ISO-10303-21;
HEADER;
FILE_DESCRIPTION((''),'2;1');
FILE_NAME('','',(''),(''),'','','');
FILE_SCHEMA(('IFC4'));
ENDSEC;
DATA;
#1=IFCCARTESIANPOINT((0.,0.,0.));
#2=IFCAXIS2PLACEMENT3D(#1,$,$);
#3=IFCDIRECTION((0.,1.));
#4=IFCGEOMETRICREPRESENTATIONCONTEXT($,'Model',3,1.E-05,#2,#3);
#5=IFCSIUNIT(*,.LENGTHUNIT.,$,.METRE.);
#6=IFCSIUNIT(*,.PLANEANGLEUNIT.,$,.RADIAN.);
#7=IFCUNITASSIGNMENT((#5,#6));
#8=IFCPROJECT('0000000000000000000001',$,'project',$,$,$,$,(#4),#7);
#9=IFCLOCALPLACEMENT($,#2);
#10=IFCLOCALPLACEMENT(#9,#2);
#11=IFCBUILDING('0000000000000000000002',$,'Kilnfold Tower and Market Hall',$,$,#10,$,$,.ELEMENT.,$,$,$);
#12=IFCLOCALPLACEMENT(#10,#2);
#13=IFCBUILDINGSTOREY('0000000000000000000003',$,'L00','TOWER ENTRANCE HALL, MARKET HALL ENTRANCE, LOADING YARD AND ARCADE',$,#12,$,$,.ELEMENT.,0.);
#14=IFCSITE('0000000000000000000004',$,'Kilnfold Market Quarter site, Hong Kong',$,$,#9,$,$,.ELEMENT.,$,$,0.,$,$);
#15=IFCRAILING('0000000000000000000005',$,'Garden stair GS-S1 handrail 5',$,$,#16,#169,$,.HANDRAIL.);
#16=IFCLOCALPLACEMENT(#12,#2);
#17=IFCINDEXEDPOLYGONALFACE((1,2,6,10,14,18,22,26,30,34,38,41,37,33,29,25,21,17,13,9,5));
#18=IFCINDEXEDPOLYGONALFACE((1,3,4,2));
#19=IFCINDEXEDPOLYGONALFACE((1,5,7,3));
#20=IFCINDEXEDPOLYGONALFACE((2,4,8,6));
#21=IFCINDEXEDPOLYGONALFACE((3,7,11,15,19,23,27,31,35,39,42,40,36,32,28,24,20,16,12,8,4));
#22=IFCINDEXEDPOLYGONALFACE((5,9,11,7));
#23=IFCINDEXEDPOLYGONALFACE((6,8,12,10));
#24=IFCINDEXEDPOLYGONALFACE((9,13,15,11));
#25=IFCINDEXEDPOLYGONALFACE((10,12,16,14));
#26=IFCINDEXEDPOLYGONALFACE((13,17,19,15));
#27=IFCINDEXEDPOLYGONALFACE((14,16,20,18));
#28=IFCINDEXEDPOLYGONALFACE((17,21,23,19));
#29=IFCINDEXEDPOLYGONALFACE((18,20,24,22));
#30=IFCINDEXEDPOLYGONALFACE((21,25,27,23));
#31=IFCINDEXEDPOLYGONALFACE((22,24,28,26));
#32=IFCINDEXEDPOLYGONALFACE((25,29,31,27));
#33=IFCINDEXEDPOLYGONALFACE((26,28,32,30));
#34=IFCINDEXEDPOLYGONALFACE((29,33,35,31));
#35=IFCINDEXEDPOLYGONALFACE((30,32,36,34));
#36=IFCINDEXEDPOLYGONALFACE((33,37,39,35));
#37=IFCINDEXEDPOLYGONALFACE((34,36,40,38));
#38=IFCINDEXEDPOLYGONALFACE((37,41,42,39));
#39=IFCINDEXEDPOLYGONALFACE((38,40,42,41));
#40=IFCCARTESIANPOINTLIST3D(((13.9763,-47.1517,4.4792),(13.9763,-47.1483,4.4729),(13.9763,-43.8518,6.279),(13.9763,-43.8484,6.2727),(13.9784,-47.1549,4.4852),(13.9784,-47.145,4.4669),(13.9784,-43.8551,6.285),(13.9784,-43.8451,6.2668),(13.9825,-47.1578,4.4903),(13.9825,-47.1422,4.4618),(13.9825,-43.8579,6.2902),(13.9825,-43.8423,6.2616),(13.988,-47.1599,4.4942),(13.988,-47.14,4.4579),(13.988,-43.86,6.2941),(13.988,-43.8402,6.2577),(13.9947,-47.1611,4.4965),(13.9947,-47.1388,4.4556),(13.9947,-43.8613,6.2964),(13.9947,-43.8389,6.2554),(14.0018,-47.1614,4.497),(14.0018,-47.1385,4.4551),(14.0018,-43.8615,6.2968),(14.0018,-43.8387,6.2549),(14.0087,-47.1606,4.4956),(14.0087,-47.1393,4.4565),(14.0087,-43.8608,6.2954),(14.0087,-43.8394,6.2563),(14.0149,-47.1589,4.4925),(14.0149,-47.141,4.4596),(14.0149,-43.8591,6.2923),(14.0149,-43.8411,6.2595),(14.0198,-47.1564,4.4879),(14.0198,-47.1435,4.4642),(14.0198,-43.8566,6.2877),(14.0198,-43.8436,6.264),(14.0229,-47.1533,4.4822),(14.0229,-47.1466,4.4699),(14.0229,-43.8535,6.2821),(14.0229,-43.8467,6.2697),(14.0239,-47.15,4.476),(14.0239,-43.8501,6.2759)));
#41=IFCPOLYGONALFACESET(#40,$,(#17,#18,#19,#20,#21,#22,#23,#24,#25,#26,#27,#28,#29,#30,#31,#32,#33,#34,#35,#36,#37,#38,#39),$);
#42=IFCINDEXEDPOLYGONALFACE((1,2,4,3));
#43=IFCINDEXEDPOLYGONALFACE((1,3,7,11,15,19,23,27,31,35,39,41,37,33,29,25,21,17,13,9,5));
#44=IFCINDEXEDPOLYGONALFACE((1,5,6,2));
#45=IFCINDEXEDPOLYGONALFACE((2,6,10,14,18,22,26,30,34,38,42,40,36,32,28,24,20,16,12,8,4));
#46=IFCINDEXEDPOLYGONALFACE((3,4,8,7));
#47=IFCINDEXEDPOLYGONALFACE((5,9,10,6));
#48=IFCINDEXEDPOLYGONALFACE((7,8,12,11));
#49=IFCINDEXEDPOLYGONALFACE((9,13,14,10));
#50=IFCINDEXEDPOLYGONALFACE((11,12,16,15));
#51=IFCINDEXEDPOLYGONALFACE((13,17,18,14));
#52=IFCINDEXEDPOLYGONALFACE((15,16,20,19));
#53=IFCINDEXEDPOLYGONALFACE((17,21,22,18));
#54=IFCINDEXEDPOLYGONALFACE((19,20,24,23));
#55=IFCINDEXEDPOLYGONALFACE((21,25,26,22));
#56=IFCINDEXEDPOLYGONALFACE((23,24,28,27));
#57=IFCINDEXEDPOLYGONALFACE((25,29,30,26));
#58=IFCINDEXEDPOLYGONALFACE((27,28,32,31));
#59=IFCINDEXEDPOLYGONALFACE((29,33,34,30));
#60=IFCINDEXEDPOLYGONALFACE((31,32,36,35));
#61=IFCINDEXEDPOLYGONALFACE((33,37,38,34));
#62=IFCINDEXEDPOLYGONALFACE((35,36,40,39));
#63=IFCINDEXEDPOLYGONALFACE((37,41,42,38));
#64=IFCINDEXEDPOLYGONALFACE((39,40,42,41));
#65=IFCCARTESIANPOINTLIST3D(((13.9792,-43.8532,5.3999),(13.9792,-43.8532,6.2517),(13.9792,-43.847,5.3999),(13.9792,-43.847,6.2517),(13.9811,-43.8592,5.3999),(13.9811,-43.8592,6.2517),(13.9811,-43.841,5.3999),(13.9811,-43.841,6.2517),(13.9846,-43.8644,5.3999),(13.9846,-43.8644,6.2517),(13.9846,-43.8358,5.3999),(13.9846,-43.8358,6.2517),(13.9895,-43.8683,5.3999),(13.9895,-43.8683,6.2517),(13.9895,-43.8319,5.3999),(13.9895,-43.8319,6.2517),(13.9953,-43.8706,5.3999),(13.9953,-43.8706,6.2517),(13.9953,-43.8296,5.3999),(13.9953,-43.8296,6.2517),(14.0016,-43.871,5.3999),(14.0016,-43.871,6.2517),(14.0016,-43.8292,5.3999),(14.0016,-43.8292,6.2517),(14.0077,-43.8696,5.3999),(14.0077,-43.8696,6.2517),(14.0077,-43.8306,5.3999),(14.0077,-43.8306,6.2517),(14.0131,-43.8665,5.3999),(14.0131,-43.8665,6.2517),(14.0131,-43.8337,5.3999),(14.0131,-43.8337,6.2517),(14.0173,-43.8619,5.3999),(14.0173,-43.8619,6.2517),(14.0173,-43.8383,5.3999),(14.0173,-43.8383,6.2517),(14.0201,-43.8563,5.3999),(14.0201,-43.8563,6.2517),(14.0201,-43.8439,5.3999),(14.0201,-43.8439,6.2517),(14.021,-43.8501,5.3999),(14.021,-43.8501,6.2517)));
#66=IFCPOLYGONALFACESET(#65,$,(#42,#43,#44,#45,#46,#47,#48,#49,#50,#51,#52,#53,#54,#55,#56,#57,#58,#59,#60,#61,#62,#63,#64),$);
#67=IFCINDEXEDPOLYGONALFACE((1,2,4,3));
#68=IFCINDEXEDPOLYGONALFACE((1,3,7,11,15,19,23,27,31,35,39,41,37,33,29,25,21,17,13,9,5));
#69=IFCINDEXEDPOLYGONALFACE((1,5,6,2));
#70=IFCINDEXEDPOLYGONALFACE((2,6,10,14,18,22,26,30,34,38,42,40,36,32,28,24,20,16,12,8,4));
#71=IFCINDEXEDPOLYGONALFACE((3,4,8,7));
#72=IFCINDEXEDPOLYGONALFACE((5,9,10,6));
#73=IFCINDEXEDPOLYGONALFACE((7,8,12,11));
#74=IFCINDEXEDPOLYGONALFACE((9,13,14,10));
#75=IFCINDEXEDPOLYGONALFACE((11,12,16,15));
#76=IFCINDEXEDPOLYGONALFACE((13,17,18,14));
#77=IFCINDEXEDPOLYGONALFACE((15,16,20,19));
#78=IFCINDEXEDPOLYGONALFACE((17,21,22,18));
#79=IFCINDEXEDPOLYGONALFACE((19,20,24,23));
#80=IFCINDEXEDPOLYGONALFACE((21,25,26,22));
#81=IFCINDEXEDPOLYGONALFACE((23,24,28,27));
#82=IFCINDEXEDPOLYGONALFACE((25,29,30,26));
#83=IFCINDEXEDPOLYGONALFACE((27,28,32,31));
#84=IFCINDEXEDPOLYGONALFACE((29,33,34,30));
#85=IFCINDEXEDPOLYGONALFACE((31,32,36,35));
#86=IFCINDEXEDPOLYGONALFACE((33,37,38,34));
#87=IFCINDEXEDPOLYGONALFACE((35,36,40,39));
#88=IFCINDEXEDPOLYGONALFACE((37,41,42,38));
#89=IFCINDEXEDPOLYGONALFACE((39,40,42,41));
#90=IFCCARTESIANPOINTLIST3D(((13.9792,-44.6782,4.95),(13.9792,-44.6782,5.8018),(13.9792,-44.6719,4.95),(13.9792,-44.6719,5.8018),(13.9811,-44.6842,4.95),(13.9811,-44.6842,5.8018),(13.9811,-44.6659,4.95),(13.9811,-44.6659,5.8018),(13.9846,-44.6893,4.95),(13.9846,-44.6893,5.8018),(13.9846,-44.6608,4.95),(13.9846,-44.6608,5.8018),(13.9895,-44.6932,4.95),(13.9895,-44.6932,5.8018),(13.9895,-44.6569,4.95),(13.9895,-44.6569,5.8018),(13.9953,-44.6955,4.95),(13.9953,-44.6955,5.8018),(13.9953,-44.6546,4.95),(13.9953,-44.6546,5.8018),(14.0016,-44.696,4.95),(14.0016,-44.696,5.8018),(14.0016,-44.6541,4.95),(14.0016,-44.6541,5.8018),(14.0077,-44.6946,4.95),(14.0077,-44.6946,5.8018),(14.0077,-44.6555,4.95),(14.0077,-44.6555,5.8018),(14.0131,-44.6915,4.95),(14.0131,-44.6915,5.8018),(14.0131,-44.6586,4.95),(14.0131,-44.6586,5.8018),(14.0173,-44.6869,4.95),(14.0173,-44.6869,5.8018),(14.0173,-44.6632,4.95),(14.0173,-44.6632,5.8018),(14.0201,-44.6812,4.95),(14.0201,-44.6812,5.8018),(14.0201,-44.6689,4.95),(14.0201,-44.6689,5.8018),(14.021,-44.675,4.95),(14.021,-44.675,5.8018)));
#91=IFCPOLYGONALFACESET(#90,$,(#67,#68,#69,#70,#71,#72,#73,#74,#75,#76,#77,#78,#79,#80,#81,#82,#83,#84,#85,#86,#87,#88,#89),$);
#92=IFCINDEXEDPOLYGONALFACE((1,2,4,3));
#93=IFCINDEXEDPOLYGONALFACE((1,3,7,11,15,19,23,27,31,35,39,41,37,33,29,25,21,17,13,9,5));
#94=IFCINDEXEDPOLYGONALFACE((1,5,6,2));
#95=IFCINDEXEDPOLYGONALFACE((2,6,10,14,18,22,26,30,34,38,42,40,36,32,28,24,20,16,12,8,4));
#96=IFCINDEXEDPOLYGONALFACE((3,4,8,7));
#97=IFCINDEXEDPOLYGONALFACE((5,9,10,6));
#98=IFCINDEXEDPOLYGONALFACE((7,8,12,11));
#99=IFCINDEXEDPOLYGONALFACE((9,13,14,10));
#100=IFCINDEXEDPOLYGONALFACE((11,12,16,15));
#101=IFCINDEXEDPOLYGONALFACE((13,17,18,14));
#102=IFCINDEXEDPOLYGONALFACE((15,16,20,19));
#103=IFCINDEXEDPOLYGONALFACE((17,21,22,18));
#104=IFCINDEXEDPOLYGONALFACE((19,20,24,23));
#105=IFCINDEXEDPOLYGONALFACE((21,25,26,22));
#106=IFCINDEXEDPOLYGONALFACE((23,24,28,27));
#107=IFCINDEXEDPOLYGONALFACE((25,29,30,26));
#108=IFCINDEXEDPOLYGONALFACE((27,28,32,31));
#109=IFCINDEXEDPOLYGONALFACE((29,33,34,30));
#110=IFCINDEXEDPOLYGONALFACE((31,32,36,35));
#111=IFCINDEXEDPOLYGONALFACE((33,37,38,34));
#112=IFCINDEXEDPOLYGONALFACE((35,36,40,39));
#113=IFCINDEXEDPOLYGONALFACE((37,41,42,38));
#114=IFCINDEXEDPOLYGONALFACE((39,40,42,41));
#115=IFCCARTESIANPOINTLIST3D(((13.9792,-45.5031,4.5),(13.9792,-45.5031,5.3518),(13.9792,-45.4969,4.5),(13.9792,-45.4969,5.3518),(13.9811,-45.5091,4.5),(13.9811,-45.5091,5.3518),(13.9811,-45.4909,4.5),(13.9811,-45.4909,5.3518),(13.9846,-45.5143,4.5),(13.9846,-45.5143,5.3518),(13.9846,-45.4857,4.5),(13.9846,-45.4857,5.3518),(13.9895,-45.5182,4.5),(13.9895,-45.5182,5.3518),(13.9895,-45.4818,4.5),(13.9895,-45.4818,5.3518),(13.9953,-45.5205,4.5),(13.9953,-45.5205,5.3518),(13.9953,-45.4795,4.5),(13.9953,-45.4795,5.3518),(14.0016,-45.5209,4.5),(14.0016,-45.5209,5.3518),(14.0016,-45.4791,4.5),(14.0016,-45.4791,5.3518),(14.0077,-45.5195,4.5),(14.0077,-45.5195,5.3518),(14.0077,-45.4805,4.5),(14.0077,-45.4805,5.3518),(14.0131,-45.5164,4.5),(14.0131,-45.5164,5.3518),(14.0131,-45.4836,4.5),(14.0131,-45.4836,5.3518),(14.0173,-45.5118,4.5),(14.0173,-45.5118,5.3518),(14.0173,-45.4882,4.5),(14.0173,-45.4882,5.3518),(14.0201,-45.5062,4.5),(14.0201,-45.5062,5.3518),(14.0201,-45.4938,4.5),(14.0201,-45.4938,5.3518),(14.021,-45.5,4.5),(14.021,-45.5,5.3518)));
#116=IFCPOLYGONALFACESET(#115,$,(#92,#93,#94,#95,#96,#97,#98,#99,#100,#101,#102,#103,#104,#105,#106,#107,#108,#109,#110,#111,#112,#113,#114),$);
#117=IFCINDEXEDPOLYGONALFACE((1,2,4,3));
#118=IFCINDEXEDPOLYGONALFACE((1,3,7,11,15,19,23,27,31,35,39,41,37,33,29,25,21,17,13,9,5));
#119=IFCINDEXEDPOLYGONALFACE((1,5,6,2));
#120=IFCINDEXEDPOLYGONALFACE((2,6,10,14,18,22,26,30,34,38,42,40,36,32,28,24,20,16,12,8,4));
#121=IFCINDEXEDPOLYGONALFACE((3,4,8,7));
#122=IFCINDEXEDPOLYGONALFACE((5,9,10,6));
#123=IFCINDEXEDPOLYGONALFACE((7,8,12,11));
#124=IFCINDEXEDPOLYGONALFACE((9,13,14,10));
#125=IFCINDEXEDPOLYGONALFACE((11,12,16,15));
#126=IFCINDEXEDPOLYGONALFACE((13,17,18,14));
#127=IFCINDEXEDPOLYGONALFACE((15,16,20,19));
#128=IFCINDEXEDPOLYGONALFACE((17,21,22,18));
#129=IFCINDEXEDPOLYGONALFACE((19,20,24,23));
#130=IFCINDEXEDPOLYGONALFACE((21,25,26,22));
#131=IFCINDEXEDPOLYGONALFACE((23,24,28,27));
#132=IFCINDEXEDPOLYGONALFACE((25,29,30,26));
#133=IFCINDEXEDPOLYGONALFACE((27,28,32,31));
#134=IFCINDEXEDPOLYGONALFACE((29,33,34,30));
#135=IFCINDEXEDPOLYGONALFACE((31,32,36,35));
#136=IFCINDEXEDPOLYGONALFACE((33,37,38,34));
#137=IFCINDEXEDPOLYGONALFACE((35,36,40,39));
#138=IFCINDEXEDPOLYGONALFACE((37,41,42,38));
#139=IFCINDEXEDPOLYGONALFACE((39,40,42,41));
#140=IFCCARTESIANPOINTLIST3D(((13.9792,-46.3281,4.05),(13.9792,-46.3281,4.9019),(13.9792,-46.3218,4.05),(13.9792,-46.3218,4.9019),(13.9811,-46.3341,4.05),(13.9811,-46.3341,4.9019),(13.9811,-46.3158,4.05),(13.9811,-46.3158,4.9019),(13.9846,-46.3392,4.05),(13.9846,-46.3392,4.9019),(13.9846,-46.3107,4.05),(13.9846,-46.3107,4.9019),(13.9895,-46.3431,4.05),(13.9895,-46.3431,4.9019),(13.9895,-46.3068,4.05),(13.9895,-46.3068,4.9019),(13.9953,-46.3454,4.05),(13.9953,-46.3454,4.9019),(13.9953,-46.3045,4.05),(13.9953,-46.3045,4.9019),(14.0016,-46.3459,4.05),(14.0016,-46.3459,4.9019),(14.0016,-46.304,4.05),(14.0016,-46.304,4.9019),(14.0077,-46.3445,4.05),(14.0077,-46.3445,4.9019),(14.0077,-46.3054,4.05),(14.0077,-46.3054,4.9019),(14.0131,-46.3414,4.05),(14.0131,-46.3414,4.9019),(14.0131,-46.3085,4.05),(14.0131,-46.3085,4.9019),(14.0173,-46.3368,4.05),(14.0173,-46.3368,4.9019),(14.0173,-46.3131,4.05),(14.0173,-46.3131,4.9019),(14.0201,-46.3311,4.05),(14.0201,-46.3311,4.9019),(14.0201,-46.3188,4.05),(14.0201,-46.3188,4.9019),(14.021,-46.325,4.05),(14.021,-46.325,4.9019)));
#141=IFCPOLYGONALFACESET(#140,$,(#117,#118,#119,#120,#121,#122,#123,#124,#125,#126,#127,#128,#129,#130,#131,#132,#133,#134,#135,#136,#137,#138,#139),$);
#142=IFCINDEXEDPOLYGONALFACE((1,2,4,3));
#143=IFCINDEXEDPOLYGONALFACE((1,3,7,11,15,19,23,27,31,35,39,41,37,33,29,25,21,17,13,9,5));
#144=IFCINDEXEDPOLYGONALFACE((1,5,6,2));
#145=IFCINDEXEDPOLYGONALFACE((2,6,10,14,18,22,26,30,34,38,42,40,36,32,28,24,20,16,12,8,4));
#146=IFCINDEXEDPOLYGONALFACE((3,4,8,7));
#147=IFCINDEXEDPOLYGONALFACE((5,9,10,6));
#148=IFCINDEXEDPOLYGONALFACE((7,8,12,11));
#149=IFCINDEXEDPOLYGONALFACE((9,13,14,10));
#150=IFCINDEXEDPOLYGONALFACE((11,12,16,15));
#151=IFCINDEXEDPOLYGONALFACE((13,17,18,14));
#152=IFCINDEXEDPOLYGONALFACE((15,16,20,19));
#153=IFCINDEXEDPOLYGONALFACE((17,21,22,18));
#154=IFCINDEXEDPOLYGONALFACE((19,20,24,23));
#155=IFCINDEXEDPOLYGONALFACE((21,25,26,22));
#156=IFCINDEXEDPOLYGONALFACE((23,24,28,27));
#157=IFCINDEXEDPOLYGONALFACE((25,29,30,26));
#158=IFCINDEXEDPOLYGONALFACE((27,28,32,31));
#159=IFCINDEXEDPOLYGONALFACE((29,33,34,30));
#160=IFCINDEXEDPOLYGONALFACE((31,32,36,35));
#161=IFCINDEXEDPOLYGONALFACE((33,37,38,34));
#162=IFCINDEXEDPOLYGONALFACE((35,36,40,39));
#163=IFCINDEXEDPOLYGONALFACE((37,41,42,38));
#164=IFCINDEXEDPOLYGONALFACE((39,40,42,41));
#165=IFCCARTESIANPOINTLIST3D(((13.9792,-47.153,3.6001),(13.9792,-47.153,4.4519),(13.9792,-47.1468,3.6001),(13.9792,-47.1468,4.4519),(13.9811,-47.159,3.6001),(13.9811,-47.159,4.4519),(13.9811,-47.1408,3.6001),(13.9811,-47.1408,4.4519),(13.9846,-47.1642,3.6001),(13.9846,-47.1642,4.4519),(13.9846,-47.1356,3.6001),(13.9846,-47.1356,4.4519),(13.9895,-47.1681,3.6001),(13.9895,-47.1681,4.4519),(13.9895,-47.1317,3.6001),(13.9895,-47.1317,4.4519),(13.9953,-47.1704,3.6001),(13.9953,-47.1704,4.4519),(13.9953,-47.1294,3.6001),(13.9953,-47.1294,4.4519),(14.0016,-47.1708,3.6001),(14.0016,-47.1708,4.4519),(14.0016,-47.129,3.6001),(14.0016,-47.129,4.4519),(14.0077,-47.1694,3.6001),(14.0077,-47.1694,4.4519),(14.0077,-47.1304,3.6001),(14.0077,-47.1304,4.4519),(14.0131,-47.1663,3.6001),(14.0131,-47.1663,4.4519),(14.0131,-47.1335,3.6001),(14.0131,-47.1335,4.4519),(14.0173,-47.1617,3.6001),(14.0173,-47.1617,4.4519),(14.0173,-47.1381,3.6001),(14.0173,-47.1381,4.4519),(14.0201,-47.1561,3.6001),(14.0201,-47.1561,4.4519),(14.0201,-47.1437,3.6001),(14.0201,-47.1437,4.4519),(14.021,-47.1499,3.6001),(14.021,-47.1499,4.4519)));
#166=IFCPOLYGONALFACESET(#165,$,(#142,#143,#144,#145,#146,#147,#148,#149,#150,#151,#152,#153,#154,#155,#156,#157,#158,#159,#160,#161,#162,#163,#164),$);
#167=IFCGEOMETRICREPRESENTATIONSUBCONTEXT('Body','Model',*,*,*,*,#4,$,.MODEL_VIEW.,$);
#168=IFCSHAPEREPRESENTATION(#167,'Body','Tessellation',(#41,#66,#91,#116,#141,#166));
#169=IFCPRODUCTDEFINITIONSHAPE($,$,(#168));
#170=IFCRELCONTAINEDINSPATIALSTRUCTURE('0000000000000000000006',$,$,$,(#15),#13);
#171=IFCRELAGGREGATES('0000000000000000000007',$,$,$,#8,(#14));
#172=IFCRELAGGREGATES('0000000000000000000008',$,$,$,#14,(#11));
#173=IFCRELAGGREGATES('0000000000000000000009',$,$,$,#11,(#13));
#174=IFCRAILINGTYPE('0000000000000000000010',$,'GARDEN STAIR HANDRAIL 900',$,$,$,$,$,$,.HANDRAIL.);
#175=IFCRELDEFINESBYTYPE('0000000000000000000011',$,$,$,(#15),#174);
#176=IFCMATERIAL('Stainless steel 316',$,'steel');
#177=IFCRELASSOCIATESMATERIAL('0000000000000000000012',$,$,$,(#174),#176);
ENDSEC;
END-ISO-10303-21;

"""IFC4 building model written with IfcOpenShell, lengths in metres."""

from ifc_helpers import new_model, si_unit, direction, frame, origin, origin_2d, place, context, subcontext, project, spatial, circle, extrude, material, type_object, element, save


model = new_model("IFC4")

# Units and contexts
model_context = context("Model", 3, precision=1e-05, world=origin(), true_north=direction((0.0, 1.0)))
body_context = subcontext(model_context, "Body", "Model", "MODEL_VIEW")
ifc_project = project(units=[si_unit("LENGTHUNIT", "METRE"), si_unit("PLANEANGLEUNIT", "RADIAN")], contexts=[model_context])

# Site, building, storey
site_placement = place(None, origin())
site = spatial("IfcSite", under=ifc_project, at=site_placement, Name="Kilnfold Market Quarter site, Hong Kong", CompositionType="ELEMENT", RefElevation=0.0)
building_placement = place(site_placement, origin())
building = spatial("IfcBuilding", under=site, at=building_placement, Name="Kilnfold Tower and Market Hall", CompositionType="ELEMENT")
storey_placement = place(building_placement, origin())
storey = spatial("IfcBuildingStorey", under=building, at=storey_placement, Name="L00", Description="TOWER ENTRANCE HALL, MARKET HALL ENTRANCE, LOADING YARD AND ARCADE", CompositionType="ELEMENT", Elevation=0.0)

# Railing
ifc_material_1 = material(Name="Stainless steel 316", Category="steel")
railing_type_1 = type_object("IfcRailingType", Name="GARDEN STAIR HANDRAIL 900", PredefinedType="HANDRAIL", material=ifc_material_1)
railing_1_placement = place(storey_placement, frame((14.0, -43.8501, 5.3999)))
element("IfcRailing", 1, at=railing_1_placement, inside=storey, type_object=railing_type_1, Name="Garden stair GS-S1 handrail 5", PredefinedType="HANDRAIL", context=body_context, shape_type="SweptSolid", body=[
    extrude(circle(Radius=0.0239, at=origin_2d()), frame((0.0, 0.0, 0.876), z_axis=(0.0, -0.877906, -0.478834), x_axis=(1.0, 0.0, 0.0)), (0.0, 0.0, 1.0), 3.7588),
    extrude(circle(Radius=0.021, at=origin_2d()), origin(), (0.0, 0.0, 1.0), 0.8518),
    extrude(circle(Radius=0.021, at=origin_2d()), frame((0.0, -0.825, -0.45)), (0.0, 0.0, 1.0), 0.8518),
    extrude(circle(Radius=0.021, at=origin_2d()), frame((0.0, -1.6499, -0.8999)), (0.0, 0.0, 1.0), 0.8518),
    extrude(circle(Radius=0.021, at=origin_2d()), frame((0.0, -2.4749, -1.3499)), (0.0, 0.0, 1.0), 0.8518),
    extrude(circle(Radius=0.021, at=origin_2d()), frame((0.0, -3.2998, -1.7998)), (0.0, 0.0, 1.0), 0.8518),
])

save(model, "model.ifc")
